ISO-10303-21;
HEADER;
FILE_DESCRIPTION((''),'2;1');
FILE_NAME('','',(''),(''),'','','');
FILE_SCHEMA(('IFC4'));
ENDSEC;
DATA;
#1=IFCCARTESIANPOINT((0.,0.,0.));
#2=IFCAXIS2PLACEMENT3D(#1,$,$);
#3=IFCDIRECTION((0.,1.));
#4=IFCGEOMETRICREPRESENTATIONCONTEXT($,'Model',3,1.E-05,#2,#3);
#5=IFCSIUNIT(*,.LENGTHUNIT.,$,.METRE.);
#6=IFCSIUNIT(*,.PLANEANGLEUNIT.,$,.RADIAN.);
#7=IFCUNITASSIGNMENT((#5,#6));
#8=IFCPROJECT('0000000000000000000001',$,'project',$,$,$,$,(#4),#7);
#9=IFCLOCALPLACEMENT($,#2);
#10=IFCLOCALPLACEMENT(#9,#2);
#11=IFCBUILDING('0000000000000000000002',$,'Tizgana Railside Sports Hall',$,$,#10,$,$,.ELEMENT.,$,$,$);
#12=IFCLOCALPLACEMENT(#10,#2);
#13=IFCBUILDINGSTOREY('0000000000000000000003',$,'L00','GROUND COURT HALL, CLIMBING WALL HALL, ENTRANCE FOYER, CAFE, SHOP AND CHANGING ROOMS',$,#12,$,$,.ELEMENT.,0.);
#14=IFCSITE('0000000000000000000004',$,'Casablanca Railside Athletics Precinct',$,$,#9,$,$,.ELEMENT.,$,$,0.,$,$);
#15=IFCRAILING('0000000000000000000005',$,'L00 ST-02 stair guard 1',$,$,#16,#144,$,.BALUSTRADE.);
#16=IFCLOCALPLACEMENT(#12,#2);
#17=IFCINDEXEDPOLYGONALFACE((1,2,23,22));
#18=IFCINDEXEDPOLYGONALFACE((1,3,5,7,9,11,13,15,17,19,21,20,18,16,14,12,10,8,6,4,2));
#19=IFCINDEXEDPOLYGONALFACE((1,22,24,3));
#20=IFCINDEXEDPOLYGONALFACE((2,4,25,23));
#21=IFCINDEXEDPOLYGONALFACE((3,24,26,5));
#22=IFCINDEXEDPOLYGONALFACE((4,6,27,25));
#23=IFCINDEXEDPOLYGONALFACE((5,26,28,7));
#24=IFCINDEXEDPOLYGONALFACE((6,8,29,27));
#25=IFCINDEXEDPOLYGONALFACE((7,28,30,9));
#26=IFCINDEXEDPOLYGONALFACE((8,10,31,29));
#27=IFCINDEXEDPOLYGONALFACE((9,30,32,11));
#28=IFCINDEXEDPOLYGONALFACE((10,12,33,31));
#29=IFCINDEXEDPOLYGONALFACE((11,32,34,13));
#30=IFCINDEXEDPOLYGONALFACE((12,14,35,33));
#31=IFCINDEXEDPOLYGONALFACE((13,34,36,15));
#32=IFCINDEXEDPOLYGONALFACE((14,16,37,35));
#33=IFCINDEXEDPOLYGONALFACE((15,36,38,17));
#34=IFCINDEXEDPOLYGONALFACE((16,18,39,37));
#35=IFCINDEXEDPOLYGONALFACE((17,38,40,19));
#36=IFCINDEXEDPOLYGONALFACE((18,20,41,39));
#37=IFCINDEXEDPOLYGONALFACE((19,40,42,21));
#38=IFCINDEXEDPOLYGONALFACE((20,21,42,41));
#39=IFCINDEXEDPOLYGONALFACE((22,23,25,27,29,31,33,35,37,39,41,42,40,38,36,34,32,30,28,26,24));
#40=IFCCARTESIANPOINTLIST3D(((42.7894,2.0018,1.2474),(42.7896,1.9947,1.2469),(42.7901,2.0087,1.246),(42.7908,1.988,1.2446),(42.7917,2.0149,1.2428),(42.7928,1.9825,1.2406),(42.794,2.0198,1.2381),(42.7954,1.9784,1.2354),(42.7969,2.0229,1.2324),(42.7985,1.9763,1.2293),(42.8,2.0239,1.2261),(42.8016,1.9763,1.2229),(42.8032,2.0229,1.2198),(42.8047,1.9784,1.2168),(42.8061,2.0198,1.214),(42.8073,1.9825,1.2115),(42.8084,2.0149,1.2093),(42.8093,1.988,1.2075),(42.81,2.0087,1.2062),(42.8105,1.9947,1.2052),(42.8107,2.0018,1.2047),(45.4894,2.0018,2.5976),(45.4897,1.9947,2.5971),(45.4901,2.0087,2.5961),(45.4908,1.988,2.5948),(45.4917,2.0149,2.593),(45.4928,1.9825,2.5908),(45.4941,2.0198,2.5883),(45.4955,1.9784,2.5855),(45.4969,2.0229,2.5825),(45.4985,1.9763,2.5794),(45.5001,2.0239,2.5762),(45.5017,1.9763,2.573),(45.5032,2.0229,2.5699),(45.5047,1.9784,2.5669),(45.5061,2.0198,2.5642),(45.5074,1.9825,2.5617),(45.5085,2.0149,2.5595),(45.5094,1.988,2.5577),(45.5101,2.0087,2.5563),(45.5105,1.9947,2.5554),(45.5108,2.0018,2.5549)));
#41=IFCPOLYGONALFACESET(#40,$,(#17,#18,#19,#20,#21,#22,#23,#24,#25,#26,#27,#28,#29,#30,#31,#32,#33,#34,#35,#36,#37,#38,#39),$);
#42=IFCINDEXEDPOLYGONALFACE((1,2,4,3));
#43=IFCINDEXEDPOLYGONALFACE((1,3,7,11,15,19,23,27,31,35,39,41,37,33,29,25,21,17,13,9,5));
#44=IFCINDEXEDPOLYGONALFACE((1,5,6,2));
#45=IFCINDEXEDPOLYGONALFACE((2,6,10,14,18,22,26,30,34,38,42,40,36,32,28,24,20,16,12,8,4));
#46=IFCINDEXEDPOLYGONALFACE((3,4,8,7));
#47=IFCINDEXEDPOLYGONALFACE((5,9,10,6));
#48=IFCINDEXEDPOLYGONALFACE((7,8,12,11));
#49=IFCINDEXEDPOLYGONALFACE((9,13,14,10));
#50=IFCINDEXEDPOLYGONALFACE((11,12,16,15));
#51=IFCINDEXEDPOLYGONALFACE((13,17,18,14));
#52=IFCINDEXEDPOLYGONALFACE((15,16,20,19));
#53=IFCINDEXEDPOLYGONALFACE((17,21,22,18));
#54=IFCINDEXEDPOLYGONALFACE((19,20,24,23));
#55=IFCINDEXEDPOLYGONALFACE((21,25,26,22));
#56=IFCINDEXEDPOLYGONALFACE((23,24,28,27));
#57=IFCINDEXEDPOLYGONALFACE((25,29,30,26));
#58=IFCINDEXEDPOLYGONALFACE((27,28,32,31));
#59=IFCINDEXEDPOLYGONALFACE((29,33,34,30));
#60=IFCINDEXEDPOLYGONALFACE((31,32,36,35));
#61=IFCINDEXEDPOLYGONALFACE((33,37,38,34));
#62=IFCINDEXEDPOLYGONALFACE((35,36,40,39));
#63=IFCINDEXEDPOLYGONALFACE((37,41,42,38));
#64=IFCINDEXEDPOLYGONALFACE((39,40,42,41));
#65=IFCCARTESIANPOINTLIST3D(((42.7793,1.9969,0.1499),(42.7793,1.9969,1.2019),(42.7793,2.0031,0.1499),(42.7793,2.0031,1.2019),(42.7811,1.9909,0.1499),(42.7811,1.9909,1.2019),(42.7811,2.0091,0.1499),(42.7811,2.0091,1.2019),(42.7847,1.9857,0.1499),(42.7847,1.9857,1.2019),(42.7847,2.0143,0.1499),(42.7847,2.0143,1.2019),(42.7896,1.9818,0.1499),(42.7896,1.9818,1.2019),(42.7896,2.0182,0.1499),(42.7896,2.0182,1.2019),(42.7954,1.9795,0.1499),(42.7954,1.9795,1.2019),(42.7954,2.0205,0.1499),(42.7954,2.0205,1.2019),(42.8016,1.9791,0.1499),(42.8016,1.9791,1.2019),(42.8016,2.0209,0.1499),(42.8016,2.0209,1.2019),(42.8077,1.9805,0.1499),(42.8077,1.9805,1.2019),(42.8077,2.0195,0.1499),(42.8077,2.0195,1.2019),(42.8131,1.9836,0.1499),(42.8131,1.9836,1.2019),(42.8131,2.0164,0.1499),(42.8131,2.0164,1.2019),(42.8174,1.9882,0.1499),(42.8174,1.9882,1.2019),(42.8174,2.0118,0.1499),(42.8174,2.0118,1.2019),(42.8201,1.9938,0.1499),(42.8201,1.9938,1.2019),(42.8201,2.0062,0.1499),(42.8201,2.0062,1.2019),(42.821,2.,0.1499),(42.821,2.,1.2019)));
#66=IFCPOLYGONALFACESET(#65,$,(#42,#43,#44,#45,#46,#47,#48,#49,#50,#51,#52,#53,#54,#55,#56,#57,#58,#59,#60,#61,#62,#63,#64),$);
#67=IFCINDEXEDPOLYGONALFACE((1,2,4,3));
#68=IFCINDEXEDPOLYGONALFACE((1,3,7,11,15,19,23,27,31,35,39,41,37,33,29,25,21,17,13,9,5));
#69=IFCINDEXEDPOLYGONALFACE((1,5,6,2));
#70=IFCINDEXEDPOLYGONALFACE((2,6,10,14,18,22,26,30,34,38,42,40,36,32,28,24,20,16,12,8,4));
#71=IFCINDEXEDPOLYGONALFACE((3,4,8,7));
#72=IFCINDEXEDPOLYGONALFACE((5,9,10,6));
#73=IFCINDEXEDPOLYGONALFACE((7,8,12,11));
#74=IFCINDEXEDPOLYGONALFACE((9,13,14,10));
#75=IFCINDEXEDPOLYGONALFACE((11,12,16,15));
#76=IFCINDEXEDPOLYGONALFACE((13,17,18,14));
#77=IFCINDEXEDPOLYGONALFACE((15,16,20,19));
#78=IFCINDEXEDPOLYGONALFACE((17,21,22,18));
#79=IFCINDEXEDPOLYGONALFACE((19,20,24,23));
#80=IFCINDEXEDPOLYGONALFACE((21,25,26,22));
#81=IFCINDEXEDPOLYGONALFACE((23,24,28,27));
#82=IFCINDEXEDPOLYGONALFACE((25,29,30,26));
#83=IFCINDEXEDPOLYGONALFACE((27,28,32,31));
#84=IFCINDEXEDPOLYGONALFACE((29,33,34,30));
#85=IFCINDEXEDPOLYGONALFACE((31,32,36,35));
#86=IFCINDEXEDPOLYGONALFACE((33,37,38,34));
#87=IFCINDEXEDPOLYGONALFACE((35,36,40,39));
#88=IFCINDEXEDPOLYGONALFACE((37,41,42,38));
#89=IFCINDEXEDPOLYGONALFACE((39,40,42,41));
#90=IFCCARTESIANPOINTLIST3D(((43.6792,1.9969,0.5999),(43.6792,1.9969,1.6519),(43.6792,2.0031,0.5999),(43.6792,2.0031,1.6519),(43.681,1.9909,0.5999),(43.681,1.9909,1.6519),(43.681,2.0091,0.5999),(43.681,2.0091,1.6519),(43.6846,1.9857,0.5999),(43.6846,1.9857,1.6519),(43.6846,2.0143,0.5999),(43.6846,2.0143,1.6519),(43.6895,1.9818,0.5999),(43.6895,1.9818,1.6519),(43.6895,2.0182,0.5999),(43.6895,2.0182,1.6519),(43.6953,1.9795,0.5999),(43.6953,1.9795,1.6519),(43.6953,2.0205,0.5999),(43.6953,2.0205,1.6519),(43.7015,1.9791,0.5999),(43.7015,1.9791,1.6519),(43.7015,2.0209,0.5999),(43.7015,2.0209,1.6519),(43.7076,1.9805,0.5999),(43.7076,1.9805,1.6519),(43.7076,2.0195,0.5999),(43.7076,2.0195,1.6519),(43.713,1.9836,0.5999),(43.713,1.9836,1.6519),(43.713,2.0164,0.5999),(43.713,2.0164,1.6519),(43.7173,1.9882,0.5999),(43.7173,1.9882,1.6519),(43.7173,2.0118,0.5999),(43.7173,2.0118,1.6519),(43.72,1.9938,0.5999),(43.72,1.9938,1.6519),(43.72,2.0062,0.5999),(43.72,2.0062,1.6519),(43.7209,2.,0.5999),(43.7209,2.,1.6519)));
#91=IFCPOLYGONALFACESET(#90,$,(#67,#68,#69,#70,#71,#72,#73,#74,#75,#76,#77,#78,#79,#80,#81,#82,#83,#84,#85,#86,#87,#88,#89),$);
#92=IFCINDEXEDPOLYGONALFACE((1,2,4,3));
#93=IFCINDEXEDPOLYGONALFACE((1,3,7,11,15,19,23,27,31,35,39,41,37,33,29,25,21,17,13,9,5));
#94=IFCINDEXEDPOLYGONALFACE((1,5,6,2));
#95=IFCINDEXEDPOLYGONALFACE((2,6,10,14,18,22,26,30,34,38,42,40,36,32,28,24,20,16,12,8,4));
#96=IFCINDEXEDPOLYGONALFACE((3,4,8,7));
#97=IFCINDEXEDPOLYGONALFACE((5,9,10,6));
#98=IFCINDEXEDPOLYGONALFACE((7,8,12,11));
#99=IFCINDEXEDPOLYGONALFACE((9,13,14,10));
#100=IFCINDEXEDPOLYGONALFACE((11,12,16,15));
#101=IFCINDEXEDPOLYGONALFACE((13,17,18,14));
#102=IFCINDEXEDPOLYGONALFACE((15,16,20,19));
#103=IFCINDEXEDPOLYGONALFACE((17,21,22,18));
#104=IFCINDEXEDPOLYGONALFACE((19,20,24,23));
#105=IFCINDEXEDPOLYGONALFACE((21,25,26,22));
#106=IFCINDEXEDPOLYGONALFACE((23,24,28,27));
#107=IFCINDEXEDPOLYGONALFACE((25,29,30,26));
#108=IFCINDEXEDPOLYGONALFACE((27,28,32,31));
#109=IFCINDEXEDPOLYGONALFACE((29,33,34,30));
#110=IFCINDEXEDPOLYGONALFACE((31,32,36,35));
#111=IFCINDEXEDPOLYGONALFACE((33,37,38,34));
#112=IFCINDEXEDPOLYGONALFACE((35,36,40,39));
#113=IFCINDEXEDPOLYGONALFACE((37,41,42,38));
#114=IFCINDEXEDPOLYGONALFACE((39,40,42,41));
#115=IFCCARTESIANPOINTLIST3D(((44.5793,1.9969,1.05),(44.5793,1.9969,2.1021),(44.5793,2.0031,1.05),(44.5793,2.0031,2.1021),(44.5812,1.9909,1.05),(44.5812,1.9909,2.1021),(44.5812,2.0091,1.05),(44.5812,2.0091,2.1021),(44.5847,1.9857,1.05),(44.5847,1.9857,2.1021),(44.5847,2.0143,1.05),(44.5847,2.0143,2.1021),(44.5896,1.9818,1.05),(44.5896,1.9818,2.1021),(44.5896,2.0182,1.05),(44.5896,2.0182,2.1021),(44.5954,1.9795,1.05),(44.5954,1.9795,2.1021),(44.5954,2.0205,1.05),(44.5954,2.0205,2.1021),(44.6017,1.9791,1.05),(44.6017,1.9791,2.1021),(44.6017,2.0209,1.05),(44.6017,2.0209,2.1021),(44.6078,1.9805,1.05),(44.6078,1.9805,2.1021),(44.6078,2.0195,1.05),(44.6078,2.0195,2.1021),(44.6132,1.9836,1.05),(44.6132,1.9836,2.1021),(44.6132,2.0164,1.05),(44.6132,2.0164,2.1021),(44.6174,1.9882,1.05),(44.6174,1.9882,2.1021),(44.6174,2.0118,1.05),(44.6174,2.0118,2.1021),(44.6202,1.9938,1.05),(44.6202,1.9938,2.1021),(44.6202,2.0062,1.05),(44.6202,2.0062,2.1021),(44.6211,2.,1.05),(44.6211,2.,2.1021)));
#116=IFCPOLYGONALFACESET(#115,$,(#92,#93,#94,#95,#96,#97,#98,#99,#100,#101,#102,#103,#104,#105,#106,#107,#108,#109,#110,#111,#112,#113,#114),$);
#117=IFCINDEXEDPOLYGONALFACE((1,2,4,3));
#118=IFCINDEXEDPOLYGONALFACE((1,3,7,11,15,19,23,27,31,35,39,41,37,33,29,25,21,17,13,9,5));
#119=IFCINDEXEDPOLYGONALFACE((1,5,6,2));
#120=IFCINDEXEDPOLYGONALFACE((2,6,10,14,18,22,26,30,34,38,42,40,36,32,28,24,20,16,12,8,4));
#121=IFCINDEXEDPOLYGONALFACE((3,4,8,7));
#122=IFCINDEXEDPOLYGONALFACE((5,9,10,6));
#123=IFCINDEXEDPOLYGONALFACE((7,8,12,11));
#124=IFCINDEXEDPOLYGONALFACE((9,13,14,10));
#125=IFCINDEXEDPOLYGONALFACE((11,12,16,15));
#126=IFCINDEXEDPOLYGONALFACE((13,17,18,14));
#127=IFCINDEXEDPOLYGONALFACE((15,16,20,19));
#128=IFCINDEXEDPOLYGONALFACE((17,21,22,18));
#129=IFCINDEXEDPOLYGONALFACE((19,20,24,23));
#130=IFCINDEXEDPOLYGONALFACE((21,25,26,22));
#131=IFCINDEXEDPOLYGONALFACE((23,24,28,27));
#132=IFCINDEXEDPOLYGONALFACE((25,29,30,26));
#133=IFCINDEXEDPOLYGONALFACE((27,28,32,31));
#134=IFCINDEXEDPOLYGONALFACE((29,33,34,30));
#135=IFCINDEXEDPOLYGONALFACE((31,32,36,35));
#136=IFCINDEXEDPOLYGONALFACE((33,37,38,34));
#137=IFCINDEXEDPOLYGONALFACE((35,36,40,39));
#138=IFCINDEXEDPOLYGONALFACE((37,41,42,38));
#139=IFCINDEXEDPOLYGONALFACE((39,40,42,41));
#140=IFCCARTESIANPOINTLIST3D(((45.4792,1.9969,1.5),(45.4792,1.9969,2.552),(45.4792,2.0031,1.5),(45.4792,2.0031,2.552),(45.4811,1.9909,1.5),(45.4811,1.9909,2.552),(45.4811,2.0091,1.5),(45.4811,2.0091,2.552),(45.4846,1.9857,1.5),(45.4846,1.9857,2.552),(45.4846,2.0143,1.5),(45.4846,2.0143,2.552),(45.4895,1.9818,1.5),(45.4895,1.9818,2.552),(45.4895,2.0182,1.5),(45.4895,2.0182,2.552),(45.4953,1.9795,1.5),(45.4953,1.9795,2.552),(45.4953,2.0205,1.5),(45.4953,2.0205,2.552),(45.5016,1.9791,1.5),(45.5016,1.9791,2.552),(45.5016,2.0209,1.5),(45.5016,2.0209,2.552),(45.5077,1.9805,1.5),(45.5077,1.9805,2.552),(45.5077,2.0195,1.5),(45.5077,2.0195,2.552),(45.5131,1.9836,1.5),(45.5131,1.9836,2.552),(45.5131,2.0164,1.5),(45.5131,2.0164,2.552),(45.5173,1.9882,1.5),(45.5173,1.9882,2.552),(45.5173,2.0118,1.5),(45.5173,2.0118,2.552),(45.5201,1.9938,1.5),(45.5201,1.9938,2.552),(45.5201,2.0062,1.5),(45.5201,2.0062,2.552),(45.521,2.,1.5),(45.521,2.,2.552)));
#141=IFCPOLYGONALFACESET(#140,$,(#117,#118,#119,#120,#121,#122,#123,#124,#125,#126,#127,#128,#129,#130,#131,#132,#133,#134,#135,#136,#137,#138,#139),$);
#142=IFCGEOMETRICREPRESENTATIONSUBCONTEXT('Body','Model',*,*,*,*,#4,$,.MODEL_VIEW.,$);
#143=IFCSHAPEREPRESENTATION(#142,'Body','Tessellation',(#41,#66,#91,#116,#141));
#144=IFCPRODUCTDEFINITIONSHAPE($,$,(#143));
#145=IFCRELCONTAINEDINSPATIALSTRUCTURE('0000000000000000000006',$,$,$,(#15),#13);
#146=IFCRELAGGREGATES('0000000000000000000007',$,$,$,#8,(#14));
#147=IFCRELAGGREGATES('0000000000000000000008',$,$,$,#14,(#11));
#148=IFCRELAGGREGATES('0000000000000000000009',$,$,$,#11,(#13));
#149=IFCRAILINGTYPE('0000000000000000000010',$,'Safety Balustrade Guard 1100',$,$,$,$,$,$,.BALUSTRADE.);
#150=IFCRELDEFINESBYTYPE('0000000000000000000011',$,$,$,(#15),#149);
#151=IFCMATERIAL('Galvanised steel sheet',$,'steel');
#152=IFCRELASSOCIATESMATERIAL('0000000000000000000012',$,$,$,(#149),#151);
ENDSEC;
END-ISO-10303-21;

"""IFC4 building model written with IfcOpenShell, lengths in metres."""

from ifc_helpers import new_model, si_unit, direction, frame, origin, origin_2d, place, context, subcontext, project, spatial, circle, extrude, material, type_object, element, save


model = new_model("IFC4")

# Units and contexts
model_context = context("Model", 3, precision=1e-05, world=origin(), true_north=direction((0.0, 1.0)))
body_context = subcontext(model_context, "Body", "Model", "MODEL_VIEW")
ifc_project = project(units=[si_unit("LENGTHUNIT", "METRE"), si_unit("PLANEANGLEUNIT", "RADIAN")], contexts=[model_context])

# Site, building, storey
site_placement = place(None, origin())
site = spatial("IfcSite", under=ifc_project, at=site_placement, Name="Casablanca Railside Athletics Precinct", CompositionType="ELEMENT", RefElevation=0.0)
building_placement = place(site_placement, origin())
building = spatial("IfcBuilding", under=site, at=building_placement, Name="Tizgana Railside Sports Hall", CompositionType="ELEMENT")
storey_placement = place(building_placement, origin())
storey = spatial("IfcBuildingStorey", under=building, at=storey_placement, Name="L00", Description="GROUND COURT HALL, CLIMBING WALL HALL, ENTRANCE FOYER, CAFE, SHOP AND CHANGING ROOMS", CompositionType="ELEMENT", Elevation=0.0)

# Railing
ifc_material_1 = material(Name="Galvanised steel sheet", Category="steel")
railing_type_1 = type_object("IfcRailingType", Name="Safety Balustrade Guard 1100", PredefinedType="BALUSTRADE", material=ifc_material_1)
railing_1_placement = place(storey_placement, frame((42.8, 2.0, 0.1499)))
element("IfcRailing", 1, at=railing_1_placement, inside=storey, type_object=railing_type_1, Name="L00 ST-02 stair guard 1", PredefinedType="BALUSTRADE", context=body_context, shape_type="SweptSolid", body=[
    extrude(circle(Radius=0.0239, at=origin_2d()), frame((0.0, 0.0, 1.0762), z_axis=(0.894411, 0.0, 0.447246), x_axis=(0.0, 1.0, 0.0)), (0.0, 0.0, 1.0), 3.0188),
    extrude(circle(Radius=0.021, at=origin_2d()), origin(), (0.0, 0.0, 1.0), 1.052),
    extrude(circle(Radius=0.021, at=origin_2d()), frame((0.8999, 0.0, 0.45)), (0.0, 0.0, 1.0), 1.052),
    extrude(circle(Radius=0.021, at=origin_2d()), frame((1.8, 0.0, 0.9001)), (0.0, 0.0, 1.0), 1.052),
    extrude(circle(Radius=0.021, at=origin_2d()), frame((2.7, 0.0, 1.3501)), (0.0, 0.0, 1.0), 1.052),
])

save(model, "model.ifc")
